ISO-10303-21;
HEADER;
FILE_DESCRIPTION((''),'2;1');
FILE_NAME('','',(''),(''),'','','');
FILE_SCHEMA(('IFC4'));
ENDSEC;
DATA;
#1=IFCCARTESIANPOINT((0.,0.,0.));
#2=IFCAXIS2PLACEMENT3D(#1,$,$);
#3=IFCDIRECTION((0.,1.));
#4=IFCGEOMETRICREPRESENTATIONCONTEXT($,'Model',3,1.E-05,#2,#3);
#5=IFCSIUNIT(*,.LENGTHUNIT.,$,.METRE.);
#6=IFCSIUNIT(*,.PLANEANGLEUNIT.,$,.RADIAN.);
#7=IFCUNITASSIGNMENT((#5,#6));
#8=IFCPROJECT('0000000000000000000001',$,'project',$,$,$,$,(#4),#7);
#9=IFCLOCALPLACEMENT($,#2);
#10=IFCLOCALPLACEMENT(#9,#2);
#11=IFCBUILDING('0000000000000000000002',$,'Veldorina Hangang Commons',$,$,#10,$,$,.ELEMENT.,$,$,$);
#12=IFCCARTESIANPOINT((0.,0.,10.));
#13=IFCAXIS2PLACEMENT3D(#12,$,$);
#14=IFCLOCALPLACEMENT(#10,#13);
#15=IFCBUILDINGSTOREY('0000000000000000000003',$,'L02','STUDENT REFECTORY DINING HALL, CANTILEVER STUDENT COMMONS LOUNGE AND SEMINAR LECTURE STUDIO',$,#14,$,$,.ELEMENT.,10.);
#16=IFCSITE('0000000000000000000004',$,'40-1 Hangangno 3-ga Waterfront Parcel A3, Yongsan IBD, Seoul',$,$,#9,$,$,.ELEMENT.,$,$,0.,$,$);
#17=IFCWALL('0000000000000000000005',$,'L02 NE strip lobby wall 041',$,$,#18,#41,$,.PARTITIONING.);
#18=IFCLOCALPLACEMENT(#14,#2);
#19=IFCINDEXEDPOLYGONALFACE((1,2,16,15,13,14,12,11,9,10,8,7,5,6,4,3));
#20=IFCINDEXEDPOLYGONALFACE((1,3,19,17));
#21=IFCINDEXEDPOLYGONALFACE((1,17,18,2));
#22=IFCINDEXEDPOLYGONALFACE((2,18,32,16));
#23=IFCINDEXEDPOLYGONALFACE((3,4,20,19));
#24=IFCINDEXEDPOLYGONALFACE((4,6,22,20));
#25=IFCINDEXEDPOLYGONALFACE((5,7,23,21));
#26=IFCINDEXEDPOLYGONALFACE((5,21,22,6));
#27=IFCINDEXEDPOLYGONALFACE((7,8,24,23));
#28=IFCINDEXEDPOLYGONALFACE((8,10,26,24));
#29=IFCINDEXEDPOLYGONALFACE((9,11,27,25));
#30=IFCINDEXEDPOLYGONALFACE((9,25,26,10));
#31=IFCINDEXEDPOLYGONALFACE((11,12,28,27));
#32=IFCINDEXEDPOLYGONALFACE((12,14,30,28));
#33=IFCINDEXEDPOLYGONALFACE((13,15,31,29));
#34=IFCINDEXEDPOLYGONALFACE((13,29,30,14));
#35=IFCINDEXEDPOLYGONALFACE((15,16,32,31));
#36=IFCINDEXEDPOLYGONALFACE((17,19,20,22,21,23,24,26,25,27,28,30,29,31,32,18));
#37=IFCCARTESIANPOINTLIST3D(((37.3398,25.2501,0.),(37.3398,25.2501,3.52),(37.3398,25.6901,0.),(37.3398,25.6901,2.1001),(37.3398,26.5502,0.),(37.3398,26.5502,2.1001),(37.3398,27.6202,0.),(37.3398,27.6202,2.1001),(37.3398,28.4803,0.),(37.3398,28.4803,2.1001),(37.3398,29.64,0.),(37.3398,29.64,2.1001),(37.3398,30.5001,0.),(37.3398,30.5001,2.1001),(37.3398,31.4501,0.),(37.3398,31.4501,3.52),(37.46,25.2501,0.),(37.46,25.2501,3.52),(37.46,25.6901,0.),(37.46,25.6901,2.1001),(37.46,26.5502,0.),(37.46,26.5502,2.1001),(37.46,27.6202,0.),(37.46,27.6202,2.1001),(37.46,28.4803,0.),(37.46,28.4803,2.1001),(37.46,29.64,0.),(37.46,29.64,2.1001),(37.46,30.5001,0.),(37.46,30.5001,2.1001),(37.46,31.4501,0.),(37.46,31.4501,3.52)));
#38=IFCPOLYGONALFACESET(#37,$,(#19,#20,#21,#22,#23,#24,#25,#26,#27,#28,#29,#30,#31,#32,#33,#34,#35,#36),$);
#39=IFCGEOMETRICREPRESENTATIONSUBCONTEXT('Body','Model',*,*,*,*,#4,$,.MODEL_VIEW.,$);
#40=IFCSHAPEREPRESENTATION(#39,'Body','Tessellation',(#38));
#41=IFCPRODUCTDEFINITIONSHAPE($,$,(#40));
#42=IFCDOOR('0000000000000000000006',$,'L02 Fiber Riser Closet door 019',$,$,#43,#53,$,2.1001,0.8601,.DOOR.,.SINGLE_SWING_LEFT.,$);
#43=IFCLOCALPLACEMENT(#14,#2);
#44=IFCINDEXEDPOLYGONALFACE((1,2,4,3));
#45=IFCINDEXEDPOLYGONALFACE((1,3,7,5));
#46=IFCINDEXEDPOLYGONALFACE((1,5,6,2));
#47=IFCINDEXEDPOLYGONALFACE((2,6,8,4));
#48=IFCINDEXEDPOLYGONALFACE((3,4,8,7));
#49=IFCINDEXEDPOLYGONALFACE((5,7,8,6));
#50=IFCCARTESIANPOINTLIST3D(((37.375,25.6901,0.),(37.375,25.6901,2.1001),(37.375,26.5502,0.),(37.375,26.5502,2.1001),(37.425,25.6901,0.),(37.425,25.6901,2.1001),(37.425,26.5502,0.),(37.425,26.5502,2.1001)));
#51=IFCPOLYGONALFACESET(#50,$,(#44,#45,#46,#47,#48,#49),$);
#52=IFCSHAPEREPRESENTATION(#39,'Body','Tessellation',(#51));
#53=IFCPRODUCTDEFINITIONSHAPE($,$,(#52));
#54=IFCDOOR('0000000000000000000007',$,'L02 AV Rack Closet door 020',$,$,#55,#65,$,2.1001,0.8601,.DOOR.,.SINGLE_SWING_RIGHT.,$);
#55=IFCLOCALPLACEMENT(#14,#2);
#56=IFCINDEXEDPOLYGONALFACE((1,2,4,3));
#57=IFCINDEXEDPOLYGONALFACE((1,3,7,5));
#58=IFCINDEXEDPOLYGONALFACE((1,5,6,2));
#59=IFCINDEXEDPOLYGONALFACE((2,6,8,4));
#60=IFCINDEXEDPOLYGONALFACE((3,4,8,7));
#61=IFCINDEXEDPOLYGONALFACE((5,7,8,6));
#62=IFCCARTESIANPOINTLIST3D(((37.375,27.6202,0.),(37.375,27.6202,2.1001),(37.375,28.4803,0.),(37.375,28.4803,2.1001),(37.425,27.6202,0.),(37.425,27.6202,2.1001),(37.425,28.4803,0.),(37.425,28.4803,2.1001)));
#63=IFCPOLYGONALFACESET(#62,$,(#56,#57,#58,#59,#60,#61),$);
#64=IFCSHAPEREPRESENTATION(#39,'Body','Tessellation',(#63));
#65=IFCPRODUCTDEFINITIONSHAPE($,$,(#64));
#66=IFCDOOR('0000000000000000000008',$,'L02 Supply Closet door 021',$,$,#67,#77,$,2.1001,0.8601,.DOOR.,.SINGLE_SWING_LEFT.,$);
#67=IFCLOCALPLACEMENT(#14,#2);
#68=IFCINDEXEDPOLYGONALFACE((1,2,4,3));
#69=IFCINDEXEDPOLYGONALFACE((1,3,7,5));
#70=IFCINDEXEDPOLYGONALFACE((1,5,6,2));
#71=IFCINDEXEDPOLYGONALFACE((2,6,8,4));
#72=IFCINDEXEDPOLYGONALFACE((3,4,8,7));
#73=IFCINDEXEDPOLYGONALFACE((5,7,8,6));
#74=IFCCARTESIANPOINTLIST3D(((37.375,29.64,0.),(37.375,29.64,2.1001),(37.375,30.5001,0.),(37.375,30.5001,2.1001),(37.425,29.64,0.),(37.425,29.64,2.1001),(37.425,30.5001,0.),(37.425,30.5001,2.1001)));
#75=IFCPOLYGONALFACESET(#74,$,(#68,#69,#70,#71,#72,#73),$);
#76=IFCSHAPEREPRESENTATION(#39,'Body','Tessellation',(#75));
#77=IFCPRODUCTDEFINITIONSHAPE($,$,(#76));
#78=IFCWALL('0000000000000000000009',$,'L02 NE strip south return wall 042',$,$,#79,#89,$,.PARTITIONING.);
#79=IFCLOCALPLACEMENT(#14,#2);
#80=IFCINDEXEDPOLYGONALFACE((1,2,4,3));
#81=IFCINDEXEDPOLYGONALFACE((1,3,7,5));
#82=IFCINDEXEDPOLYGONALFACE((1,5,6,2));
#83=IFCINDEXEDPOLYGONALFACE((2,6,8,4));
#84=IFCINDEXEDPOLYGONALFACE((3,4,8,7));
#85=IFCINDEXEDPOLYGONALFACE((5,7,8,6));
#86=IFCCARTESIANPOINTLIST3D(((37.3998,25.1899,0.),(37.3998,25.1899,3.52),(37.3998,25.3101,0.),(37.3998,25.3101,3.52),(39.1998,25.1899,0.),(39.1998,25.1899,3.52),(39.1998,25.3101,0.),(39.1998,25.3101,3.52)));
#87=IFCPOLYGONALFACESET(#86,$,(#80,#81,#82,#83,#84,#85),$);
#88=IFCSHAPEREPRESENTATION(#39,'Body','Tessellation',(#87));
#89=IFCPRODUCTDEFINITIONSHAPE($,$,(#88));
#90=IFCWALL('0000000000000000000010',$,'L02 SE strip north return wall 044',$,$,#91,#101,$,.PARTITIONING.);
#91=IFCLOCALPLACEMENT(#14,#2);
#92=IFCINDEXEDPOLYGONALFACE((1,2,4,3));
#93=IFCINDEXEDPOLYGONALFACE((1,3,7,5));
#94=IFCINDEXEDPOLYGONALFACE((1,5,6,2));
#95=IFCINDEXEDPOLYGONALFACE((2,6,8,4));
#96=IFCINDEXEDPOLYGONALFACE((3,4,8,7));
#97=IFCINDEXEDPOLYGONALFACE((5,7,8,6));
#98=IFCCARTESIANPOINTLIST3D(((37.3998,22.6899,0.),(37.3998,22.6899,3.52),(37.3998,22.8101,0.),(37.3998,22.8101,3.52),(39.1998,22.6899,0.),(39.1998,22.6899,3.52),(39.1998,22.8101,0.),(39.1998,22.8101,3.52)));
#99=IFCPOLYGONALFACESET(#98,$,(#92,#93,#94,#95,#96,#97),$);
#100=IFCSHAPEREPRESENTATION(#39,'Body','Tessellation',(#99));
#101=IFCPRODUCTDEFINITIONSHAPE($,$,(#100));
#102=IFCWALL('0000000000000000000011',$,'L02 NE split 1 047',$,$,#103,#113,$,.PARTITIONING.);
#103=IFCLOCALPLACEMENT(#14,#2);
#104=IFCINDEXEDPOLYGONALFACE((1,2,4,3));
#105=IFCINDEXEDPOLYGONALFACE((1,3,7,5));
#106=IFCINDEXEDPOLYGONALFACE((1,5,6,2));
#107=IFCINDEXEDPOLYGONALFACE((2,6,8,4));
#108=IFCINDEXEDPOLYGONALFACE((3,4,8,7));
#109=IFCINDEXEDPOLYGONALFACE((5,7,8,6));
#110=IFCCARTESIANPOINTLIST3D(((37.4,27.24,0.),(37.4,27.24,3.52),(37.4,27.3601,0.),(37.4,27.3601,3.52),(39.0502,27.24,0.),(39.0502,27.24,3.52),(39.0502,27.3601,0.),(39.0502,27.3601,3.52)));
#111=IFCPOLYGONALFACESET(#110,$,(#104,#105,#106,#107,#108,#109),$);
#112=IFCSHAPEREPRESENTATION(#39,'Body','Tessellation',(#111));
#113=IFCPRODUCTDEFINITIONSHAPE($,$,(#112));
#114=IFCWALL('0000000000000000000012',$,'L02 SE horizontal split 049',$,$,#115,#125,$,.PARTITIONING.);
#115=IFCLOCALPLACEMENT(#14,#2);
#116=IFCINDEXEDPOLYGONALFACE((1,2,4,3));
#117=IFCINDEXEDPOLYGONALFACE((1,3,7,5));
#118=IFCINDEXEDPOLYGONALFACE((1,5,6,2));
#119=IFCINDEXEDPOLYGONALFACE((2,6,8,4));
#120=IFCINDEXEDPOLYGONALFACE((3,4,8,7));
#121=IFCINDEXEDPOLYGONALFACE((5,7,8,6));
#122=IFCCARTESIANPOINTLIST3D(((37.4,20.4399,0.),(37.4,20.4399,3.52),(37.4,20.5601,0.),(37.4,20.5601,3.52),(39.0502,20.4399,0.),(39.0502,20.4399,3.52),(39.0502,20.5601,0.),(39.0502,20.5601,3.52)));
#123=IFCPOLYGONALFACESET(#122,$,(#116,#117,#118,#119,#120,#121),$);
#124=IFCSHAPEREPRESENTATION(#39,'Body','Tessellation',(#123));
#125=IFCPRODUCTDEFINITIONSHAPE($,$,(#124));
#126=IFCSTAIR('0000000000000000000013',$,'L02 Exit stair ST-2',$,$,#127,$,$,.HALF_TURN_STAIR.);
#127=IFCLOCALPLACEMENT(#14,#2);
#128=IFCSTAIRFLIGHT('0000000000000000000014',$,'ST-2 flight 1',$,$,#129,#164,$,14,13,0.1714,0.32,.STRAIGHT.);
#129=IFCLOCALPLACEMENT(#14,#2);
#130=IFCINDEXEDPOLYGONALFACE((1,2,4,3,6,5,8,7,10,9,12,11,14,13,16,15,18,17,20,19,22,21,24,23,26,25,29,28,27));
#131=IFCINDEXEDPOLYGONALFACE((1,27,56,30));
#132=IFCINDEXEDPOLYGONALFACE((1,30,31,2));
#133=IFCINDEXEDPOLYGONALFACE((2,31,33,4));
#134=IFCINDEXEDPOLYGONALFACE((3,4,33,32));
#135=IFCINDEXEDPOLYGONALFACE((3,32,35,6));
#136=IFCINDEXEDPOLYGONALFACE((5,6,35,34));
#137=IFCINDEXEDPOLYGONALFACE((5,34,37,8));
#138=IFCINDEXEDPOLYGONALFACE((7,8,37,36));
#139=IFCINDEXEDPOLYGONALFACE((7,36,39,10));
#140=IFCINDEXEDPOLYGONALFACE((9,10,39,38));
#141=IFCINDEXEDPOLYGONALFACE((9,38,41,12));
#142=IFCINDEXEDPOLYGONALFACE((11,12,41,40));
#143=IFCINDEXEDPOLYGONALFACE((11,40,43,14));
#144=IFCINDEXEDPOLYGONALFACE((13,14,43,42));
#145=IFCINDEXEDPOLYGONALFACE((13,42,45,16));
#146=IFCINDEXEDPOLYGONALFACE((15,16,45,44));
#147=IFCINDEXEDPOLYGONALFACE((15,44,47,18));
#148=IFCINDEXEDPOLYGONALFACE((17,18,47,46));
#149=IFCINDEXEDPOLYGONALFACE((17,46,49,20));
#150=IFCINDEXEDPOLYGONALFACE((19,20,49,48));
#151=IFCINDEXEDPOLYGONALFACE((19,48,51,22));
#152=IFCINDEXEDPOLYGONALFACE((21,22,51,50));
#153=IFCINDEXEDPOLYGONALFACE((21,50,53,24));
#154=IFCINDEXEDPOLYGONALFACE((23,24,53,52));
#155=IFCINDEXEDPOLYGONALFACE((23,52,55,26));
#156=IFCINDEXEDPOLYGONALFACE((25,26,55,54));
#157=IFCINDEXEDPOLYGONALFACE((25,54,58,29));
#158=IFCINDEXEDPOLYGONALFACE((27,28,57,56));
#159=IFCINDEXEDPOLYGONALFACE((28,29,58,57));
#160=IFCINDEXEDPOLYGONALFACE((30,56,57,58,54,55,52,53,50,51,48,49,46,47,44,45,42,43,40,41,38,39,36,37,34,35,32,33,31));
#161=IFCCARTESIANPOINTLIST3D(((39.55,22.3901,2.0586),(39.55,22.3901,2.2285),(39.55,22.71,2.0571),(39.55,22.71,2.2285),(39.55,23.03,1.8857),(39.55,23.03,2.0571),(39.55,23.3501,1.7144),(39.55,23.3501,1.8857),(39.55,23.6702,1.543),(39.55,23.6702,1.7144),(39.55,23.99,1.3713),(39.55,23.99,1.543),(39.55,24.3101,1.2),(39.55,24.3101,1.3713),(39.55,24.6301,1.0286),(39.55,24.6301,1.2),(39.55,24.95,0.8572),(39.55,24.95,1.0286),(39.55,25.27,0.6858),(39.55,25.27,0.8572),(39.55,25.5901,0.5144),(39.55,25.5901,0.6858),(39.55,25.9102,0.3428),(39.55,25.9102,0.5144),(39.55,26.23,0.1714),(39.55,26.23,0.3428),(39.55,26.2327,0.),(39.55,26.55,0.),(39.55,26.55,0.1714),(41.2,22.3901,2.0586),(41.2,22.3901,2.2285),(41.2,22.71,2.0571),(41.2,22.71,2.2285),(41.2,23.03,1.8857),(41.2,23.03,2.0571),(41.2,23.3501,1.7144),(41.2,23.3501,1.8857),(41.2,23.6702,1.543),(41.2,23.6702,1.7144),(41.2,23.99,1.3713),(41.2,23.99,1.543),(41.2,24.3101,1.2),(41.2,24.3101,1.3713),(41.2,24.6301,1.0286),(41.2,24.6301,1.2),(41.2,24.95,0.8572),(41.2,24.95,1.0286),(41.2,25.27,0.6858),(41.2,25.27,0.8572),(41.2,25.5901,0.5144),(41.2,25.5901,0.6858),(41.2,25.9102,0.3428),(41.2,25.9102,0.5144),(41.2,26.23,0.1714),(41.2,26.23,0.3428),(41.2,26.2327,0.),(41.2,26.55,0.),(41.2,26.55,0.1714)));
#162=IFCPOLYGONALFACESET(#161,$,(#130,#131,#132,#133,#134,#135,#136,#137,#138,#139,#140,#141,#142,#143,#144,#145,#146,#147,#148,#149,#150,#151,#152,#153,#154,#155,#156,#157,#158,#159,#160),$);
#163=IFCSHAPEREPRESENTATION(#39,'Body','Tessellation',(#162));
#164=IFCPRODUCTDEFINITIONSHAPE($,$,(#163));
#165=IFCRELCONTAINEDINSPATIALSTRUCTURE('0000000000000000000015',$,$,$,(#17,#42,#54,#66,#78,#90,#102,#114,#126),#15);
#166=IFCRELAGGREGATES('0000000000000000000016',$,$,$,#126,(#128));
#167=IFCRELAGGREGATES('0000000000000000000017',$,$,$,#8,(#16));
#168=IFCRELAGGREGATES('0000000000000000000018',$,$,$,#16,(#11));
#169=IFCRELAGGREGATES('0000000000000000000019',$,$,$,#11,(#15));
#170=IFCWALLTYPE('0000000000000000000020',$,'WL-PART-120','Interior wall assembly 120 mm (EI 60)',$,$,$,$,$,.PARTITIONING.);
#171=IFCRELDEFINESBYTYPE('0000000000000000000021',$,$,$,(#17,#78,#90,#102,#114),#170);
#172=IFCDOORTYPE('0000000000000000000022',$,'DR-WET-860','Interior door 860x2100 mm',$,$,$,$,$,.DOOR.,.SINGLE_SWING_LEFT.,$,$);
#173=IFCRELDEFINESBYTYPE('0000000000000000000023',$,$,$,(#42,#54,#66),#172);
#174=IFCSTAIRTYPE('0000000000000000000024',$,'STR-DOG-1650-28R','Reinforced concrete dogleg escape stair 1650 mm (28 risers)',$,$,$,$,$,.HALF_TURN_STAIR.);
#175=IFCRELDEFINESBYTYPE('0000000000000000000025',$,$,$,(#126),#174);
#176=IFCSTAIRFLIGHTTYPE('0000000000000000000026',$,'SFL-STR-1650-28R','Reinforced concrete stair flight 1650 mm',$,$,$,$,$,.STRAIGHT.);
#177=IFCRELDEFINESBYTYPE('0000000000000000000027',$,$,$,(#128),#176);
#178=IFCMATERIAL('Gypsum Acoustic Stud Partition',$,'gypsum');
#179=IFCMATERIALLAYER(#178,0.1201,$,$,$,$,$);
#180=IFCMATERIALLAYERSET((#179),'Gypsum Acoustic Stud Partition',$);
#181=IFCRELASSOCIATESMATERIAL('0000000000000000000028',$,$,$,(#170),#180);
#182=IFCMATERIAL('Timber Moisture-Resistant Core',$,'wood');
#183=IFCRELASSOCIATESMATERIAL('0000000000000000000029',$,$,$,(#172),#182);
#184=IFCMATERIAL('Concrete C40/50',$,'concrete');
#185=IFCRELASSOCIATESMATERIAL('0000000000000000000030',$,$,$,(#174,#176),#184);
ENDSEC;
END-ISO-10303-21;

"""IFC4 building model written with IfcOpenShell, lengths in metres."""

from ifc_helpers import new_model, si_unit, direction, frame, frame_2d, origin, place, context, subcontext, project, spatial, polyline, rectangle, outline, extrude, material, layer, layer_set, type_object, element, fill, aggregate, save


model = new_model("IFC4")

# Units and contexts
model_context = context("Model", 3, precision=1e-05, world=origin(), true_north=direction((0.0, 1.0)))
body_context = subcontext(model_context, "Body", "Model", "MODEL_VIEW")
ifc_project = project(units=[si_unit("LENGTHUNIT", "METRE"), si_unit("PLANEANGLEUNIT", "RADIAN")], contexts=[model_context])

# Site, building, storey
site_placement = place(None, origin())
site = spatial("IfcSite", under=ifc_project, at=site_placement, Name="40-1 Hangangno 3-ga Waterfront Parcel A3, Yongsan IBD, Seoul", CompositionType="ELEMENT", RefElevation=0.0)
building_placement = place(site_placement, origin())
building = spatial("IfcBuilding", under=site, at=building_placement, Name="Veldorina Hangang Commons", CompositionType="ELEMENT")
storey_placement = place(building_placement, frame((0.0, 0.0, 10.0)))
storey = spatial("IfcBuildingStorey", under=building, at=storey_placement, Name="L02", Description="STUDENT REFECTORY DINING HALL, CANTILEVER STUDENT COMMONS LOUNGE AND SEMINAR LECTURE STUDIO", CompositionType="ELEMENT", Elevation=10.0)

# Wall, openings, doors
ifc_material_1 = material(Name="Gypsum Acoustic Stud Partition", Category="gypsum")
ifc_layer_1 = layer(ifc_material_1, 0.1201)
ifc_layer_set_1 = layer_set([ifc_layer_1], Name="Gypsum Acoustic Stud Partition")
wall_type_1 = type_object("IfcWallType", Name="WL-PART-120", Description="Interior wall assembly 120 mm (EI 60)", PredefinedType="PARTITIONING", material=ifc_layer_set_1)
wall_1_placement = place(storey_placement, frame((37.3999, 25.25, 0.0), z_axis=(0.0, 0.0, 1.0), x_axis=(0.0, 1.0, 0.0)))
wall_1 = element("IfcWall", 1, at=wall_1_placement, inside=storey, type_object=wall_type_1, Name="L02 NE strip lobby wall 041", PredefinedType="PARTITIONING", context=body_context, shape_type="SweptSolid", body=[
    extrude(rectangle(XDim=6.2, YDim=0.1201, at=frame_2d((3.1001, 0.0))), origin(), (0.0, 0.0, 1.0), 3.52),
])
opening_1_placement = place(wall_1_placement, frame((0.4399, 0.0, 0.0)))
opening_1 = element("IfcOpeningElement", 2, at=opening_1_placement, cuts=wall_1, PredefinedType="OPENING", context=body_context, shape_type="SweptSolid", body=[
    extrude(rectangle(XDim=0.8601, YDim=2.1001, at=frame_2d((0.4302, 1.05))), frame((0.0, 0.0701, 0.0), z_axis=(0.0, -1.0, 0.0), x_axis=(1.0, 0.0, 0.0)), (0.0, 0.0, 1.0), 0.1401),
])
opening_2_placement = place(wall_1_placement, frame((2.3701, 0.0, 0.0)))
opening_2 = element("IfcOpeningElement", 3, at=opening_2_placement, cuts=wall_1, PredefinedType="OPENING", context=body_context, shape_type="SweptSolid", body=[
    extrude(rectangle(XDim=0.8601, YDim=2.1001, at=frame_2d((0.4302, 1.05))), frame((0.0, 0.0701, 0.0), z_axis=(0.0, -1.0, 0.0), x_axis=(1.0, 0.0, 0.0)), (0.0, 0.0, 1.0), 0.1401),
])
opening_3_placement = place(wall_1_placement, frame((4.3899, 0.0, 0.0)))
opening_3 = element("IfcOpeningElement", 4, at=opening_3_placement, cuts=wall_1, PredefinedType="OPENING", context=body_context, shape_type="SweptSolid", body=[
    extrude(rectangle(XDim=0.8601, YDim=2.1001, at=frame_2d((0.4302, 1.05))), frame((0.0, 0.0701, 0.0), z_axis=(0.0, -1.0, 0.0), x_axis=(1.0, 0.0, 0.0)), (0.0, 0.0, 1.0), 0.1401),
])
ifc_material_2 = material(Name="Timber Moisture-Resistant Core", Category="wood")
door_type_1 = type_object("IfcDoorType", Name="DR-WET-860", Description="Interior door 860x2100 mm", OperationType="SINGLE_SWING_LEFT", PredefinedType="DOOR", material=ifc_material_2)
door_1_placement = place(opening_1_placement, origin())
door_1 = element("IfcDoor", 5, at=door_1_placement, inside=storey, type_object=door_type_1, Name="L02 Fiber Riser Closet door 019", OperationType="SINGLE_SWING_LEFT", OverallHeight=2.1001, OverallWidth=0.8601, PredefinedType="DOOR", context=body_context, shape_type="SweptSolid", body=[
    extrude(rectangle(XDim=0.8601, YDim=2.1001, at=frame_2d((0.4302, 1.05))), frame((0.0, 0.0249, 0.0), z_axis=(0.0, -1.0, 0.0), x_axis=(1.0, 0.0, 0.0)), (0.0, 0.0, 1.0), 0.05),
])
fill(opening_1, door_1)
door_2_placement = place(opening_2_placement, origin())
door_2 = element("IfcDoor", 6, at=door_2_placement, inside=storey, type_object=door_type_1, Name="L02 AV Rack Closet door 020", OperationType="SINGLE_SWING_RIGHT", OverallHeight=2.1001, OverallWidth=0.8601, PredefinedType="DOOR", context=body_context, shape_type="SweptSolid", body=[
    extrude(rectangle(XDim=0.8601, YDim=2.1001, at=frame_2d((0.4302, 1.05))), frame((0.0, 0.0249, 0.0), z_axis=(0.0, -1.0, 0.0), x_axis=(1.0, 0.0, 0.0)), (0.0, 0.0, 1.0), 0.05),
])
fill(opening_2, door_2)
door_3_placement = place(opening_3_placement, origin())
door_3 = element("IfcDoor", 7, at=door_3_placement, inside=storey, type_object=door_type_1, Name="L02 Supply Closet door 021", OperationType="SINGLE_SWING_LEFT", OverallHeight=2.1001, OverallWidth=0.8601, PredefinedType="DOOR", context=body_context, shape_type="SweptSolid", body=[
    extrude(rectangle(XDim=0.8601, YDim=2.1001, at=frame_2d((0.4302, 1.05))), frame((0.0, 0.0249, 0.0), z_axis=(0.0, -1.0, 0.0), x_axis=(1.0, 0.0, 0.0)), (0.0, 0.0, 1.0), 0.05),
])
fill(opening_3, door_3)

# Walls
for number, where, z_axis, x_axis, name in (
    (8, (37.3999, 25.25, 0.0), (0.0, 0.0, 1.0), (1.0, 0.0, 0.0), "L02 NE strip south return wall 042"),
    (9, (37.3999, 22.75, 0.0), (0.0, 0.0, 1.0), (1.0, 0.0, 0.0), "L02 SE strip north return wall 044"),
):
    element("IfcWall", number, at=place(storey_placement, frame(where, z_axis=z_axis, x_axis=x_axis)), inside=storey, type_object=wall_type_1, Name=name, PredefinedType="PARTITIONING", context=body_context, shape_type="SweptSolid", body=[
        extrude(rectangle(XDim=1.8, YDim=0.1201, at=frame_2d((0.8999, 0.0))), origin(), (0.0, 0.0, 1.0), 3.52),
    ])
for number, where, z_axis, x_axis, name in (
    (10, (37.3999, 27.3, 0.0), (0.0, 0.0, 1.0), (1.0, 0.0, 0.0), "L02 NE split 1 047"),
    (11, (37.3999, 20.5, 0.0), (0.0, 0.0, 1.0), (1.0, 0.0, 0.0), "L02 SE horizontal split 049"),
):
    element("IfcWall", number, at=place(storey_placement, frame(where, z_axis=z_axis, x_axis=x_axis)), inside=storey, type_object=wall_type_1, Name=name, PredefinedType="PARTITIONING", context=body_context, shape_type="SweptSolid", body=[
        extrude(rectangle(XDim=1.6501, YDim=0.1201, at=frame_2d((0.8252, 0.0))), origin(), (0.0, 0.0, 1.0), 3.52),
    ])

# Stair, stair flight
ifc_material_3 = material(Name="Concrete C40/50", Category="concrete")
stair_type = type_object("IfcStairType", Name="STR-DOG-1650-28R", Description="Reinforced concrete dogleg escape stair 1650 mm (28 risers)", PredefinedType="HALF_TURN_STAIR", material=ifc_material_3)
stair_placement = place(storey_placement, origin())
stair = element("IfcStair", 12, at=stair_placement, inside=storey, type_object=stair_type, Name="L02 Exit stair ST-2", PredefinedType="HALF_TURN_STAIR")
stair_flight_type = type_object("IfcStairFlightType", Name="SFL-STR-1650-28R", Description="Reinforced concrete stair flight 1650 mm", PredefinedType="STRAIGHT", material=ifc_material_3)
stair_flight_1_placement = place(storey_placement, frame((40.375, 26.55, 0.0), z_axis=(0.0, 0.0, 1.0), x_axis=(0.0, -1.0, 0.0)))
stair_flight_1 = element("IfcStairFlight", 13, at=stair_flight_1_placement, type_object=stair_flight_type, Name="ST-2 flight 1", NumberOfRisers=14, NumberOfTreads=13, PredefinedType="STRAIGHT", RiserHeight=0.1714, TreadLength=0.32, context=body_context, shape_type="SweptSolid", body=[
    extrude(outline(polyline([(0.0, 0.0), (0.0, 0.1714), (0.3201, 0.1714), (0.3201, 0.3428), (0.6399, 0.3428), (0.6399, 0.5144), (0.96, 0.5144), (0.96, 0.6858), (1.28, 0.6858), (1.28, 0.8572), (1.6001, 0.8572), (1.6001, 1.0286), (1.9199, 1.0286), (1.9199, 1.2), (2.24, 1.2), (2.24, 1.3713), (2.5601, 1.3713), (2.5601, 1.543), (2.8799, 1.543), (2.8799, 1.7144), (3.2, 1.7144), (3.2, 1.8857), (3.52, 1.8857), (3.52, 2.0571), (3.8401, 2.0571), (3.8401, 2.2285), (4.1599, 2.2285), (4.1599, 2.3999), (4.1599, 2.0586), (0.3174, 0.0), (0.0, 0.0)])), frame((0.0, 0.825, 0.0), z_axis=(0.0, -1.0, 0.0), x_axis=(1.0, 0.0, 0.0)), (0.0, 0.0, 1.0), 1.6499),
])
aggregate(stair, [stair_flight_1])

save(model, "model.ifc")
